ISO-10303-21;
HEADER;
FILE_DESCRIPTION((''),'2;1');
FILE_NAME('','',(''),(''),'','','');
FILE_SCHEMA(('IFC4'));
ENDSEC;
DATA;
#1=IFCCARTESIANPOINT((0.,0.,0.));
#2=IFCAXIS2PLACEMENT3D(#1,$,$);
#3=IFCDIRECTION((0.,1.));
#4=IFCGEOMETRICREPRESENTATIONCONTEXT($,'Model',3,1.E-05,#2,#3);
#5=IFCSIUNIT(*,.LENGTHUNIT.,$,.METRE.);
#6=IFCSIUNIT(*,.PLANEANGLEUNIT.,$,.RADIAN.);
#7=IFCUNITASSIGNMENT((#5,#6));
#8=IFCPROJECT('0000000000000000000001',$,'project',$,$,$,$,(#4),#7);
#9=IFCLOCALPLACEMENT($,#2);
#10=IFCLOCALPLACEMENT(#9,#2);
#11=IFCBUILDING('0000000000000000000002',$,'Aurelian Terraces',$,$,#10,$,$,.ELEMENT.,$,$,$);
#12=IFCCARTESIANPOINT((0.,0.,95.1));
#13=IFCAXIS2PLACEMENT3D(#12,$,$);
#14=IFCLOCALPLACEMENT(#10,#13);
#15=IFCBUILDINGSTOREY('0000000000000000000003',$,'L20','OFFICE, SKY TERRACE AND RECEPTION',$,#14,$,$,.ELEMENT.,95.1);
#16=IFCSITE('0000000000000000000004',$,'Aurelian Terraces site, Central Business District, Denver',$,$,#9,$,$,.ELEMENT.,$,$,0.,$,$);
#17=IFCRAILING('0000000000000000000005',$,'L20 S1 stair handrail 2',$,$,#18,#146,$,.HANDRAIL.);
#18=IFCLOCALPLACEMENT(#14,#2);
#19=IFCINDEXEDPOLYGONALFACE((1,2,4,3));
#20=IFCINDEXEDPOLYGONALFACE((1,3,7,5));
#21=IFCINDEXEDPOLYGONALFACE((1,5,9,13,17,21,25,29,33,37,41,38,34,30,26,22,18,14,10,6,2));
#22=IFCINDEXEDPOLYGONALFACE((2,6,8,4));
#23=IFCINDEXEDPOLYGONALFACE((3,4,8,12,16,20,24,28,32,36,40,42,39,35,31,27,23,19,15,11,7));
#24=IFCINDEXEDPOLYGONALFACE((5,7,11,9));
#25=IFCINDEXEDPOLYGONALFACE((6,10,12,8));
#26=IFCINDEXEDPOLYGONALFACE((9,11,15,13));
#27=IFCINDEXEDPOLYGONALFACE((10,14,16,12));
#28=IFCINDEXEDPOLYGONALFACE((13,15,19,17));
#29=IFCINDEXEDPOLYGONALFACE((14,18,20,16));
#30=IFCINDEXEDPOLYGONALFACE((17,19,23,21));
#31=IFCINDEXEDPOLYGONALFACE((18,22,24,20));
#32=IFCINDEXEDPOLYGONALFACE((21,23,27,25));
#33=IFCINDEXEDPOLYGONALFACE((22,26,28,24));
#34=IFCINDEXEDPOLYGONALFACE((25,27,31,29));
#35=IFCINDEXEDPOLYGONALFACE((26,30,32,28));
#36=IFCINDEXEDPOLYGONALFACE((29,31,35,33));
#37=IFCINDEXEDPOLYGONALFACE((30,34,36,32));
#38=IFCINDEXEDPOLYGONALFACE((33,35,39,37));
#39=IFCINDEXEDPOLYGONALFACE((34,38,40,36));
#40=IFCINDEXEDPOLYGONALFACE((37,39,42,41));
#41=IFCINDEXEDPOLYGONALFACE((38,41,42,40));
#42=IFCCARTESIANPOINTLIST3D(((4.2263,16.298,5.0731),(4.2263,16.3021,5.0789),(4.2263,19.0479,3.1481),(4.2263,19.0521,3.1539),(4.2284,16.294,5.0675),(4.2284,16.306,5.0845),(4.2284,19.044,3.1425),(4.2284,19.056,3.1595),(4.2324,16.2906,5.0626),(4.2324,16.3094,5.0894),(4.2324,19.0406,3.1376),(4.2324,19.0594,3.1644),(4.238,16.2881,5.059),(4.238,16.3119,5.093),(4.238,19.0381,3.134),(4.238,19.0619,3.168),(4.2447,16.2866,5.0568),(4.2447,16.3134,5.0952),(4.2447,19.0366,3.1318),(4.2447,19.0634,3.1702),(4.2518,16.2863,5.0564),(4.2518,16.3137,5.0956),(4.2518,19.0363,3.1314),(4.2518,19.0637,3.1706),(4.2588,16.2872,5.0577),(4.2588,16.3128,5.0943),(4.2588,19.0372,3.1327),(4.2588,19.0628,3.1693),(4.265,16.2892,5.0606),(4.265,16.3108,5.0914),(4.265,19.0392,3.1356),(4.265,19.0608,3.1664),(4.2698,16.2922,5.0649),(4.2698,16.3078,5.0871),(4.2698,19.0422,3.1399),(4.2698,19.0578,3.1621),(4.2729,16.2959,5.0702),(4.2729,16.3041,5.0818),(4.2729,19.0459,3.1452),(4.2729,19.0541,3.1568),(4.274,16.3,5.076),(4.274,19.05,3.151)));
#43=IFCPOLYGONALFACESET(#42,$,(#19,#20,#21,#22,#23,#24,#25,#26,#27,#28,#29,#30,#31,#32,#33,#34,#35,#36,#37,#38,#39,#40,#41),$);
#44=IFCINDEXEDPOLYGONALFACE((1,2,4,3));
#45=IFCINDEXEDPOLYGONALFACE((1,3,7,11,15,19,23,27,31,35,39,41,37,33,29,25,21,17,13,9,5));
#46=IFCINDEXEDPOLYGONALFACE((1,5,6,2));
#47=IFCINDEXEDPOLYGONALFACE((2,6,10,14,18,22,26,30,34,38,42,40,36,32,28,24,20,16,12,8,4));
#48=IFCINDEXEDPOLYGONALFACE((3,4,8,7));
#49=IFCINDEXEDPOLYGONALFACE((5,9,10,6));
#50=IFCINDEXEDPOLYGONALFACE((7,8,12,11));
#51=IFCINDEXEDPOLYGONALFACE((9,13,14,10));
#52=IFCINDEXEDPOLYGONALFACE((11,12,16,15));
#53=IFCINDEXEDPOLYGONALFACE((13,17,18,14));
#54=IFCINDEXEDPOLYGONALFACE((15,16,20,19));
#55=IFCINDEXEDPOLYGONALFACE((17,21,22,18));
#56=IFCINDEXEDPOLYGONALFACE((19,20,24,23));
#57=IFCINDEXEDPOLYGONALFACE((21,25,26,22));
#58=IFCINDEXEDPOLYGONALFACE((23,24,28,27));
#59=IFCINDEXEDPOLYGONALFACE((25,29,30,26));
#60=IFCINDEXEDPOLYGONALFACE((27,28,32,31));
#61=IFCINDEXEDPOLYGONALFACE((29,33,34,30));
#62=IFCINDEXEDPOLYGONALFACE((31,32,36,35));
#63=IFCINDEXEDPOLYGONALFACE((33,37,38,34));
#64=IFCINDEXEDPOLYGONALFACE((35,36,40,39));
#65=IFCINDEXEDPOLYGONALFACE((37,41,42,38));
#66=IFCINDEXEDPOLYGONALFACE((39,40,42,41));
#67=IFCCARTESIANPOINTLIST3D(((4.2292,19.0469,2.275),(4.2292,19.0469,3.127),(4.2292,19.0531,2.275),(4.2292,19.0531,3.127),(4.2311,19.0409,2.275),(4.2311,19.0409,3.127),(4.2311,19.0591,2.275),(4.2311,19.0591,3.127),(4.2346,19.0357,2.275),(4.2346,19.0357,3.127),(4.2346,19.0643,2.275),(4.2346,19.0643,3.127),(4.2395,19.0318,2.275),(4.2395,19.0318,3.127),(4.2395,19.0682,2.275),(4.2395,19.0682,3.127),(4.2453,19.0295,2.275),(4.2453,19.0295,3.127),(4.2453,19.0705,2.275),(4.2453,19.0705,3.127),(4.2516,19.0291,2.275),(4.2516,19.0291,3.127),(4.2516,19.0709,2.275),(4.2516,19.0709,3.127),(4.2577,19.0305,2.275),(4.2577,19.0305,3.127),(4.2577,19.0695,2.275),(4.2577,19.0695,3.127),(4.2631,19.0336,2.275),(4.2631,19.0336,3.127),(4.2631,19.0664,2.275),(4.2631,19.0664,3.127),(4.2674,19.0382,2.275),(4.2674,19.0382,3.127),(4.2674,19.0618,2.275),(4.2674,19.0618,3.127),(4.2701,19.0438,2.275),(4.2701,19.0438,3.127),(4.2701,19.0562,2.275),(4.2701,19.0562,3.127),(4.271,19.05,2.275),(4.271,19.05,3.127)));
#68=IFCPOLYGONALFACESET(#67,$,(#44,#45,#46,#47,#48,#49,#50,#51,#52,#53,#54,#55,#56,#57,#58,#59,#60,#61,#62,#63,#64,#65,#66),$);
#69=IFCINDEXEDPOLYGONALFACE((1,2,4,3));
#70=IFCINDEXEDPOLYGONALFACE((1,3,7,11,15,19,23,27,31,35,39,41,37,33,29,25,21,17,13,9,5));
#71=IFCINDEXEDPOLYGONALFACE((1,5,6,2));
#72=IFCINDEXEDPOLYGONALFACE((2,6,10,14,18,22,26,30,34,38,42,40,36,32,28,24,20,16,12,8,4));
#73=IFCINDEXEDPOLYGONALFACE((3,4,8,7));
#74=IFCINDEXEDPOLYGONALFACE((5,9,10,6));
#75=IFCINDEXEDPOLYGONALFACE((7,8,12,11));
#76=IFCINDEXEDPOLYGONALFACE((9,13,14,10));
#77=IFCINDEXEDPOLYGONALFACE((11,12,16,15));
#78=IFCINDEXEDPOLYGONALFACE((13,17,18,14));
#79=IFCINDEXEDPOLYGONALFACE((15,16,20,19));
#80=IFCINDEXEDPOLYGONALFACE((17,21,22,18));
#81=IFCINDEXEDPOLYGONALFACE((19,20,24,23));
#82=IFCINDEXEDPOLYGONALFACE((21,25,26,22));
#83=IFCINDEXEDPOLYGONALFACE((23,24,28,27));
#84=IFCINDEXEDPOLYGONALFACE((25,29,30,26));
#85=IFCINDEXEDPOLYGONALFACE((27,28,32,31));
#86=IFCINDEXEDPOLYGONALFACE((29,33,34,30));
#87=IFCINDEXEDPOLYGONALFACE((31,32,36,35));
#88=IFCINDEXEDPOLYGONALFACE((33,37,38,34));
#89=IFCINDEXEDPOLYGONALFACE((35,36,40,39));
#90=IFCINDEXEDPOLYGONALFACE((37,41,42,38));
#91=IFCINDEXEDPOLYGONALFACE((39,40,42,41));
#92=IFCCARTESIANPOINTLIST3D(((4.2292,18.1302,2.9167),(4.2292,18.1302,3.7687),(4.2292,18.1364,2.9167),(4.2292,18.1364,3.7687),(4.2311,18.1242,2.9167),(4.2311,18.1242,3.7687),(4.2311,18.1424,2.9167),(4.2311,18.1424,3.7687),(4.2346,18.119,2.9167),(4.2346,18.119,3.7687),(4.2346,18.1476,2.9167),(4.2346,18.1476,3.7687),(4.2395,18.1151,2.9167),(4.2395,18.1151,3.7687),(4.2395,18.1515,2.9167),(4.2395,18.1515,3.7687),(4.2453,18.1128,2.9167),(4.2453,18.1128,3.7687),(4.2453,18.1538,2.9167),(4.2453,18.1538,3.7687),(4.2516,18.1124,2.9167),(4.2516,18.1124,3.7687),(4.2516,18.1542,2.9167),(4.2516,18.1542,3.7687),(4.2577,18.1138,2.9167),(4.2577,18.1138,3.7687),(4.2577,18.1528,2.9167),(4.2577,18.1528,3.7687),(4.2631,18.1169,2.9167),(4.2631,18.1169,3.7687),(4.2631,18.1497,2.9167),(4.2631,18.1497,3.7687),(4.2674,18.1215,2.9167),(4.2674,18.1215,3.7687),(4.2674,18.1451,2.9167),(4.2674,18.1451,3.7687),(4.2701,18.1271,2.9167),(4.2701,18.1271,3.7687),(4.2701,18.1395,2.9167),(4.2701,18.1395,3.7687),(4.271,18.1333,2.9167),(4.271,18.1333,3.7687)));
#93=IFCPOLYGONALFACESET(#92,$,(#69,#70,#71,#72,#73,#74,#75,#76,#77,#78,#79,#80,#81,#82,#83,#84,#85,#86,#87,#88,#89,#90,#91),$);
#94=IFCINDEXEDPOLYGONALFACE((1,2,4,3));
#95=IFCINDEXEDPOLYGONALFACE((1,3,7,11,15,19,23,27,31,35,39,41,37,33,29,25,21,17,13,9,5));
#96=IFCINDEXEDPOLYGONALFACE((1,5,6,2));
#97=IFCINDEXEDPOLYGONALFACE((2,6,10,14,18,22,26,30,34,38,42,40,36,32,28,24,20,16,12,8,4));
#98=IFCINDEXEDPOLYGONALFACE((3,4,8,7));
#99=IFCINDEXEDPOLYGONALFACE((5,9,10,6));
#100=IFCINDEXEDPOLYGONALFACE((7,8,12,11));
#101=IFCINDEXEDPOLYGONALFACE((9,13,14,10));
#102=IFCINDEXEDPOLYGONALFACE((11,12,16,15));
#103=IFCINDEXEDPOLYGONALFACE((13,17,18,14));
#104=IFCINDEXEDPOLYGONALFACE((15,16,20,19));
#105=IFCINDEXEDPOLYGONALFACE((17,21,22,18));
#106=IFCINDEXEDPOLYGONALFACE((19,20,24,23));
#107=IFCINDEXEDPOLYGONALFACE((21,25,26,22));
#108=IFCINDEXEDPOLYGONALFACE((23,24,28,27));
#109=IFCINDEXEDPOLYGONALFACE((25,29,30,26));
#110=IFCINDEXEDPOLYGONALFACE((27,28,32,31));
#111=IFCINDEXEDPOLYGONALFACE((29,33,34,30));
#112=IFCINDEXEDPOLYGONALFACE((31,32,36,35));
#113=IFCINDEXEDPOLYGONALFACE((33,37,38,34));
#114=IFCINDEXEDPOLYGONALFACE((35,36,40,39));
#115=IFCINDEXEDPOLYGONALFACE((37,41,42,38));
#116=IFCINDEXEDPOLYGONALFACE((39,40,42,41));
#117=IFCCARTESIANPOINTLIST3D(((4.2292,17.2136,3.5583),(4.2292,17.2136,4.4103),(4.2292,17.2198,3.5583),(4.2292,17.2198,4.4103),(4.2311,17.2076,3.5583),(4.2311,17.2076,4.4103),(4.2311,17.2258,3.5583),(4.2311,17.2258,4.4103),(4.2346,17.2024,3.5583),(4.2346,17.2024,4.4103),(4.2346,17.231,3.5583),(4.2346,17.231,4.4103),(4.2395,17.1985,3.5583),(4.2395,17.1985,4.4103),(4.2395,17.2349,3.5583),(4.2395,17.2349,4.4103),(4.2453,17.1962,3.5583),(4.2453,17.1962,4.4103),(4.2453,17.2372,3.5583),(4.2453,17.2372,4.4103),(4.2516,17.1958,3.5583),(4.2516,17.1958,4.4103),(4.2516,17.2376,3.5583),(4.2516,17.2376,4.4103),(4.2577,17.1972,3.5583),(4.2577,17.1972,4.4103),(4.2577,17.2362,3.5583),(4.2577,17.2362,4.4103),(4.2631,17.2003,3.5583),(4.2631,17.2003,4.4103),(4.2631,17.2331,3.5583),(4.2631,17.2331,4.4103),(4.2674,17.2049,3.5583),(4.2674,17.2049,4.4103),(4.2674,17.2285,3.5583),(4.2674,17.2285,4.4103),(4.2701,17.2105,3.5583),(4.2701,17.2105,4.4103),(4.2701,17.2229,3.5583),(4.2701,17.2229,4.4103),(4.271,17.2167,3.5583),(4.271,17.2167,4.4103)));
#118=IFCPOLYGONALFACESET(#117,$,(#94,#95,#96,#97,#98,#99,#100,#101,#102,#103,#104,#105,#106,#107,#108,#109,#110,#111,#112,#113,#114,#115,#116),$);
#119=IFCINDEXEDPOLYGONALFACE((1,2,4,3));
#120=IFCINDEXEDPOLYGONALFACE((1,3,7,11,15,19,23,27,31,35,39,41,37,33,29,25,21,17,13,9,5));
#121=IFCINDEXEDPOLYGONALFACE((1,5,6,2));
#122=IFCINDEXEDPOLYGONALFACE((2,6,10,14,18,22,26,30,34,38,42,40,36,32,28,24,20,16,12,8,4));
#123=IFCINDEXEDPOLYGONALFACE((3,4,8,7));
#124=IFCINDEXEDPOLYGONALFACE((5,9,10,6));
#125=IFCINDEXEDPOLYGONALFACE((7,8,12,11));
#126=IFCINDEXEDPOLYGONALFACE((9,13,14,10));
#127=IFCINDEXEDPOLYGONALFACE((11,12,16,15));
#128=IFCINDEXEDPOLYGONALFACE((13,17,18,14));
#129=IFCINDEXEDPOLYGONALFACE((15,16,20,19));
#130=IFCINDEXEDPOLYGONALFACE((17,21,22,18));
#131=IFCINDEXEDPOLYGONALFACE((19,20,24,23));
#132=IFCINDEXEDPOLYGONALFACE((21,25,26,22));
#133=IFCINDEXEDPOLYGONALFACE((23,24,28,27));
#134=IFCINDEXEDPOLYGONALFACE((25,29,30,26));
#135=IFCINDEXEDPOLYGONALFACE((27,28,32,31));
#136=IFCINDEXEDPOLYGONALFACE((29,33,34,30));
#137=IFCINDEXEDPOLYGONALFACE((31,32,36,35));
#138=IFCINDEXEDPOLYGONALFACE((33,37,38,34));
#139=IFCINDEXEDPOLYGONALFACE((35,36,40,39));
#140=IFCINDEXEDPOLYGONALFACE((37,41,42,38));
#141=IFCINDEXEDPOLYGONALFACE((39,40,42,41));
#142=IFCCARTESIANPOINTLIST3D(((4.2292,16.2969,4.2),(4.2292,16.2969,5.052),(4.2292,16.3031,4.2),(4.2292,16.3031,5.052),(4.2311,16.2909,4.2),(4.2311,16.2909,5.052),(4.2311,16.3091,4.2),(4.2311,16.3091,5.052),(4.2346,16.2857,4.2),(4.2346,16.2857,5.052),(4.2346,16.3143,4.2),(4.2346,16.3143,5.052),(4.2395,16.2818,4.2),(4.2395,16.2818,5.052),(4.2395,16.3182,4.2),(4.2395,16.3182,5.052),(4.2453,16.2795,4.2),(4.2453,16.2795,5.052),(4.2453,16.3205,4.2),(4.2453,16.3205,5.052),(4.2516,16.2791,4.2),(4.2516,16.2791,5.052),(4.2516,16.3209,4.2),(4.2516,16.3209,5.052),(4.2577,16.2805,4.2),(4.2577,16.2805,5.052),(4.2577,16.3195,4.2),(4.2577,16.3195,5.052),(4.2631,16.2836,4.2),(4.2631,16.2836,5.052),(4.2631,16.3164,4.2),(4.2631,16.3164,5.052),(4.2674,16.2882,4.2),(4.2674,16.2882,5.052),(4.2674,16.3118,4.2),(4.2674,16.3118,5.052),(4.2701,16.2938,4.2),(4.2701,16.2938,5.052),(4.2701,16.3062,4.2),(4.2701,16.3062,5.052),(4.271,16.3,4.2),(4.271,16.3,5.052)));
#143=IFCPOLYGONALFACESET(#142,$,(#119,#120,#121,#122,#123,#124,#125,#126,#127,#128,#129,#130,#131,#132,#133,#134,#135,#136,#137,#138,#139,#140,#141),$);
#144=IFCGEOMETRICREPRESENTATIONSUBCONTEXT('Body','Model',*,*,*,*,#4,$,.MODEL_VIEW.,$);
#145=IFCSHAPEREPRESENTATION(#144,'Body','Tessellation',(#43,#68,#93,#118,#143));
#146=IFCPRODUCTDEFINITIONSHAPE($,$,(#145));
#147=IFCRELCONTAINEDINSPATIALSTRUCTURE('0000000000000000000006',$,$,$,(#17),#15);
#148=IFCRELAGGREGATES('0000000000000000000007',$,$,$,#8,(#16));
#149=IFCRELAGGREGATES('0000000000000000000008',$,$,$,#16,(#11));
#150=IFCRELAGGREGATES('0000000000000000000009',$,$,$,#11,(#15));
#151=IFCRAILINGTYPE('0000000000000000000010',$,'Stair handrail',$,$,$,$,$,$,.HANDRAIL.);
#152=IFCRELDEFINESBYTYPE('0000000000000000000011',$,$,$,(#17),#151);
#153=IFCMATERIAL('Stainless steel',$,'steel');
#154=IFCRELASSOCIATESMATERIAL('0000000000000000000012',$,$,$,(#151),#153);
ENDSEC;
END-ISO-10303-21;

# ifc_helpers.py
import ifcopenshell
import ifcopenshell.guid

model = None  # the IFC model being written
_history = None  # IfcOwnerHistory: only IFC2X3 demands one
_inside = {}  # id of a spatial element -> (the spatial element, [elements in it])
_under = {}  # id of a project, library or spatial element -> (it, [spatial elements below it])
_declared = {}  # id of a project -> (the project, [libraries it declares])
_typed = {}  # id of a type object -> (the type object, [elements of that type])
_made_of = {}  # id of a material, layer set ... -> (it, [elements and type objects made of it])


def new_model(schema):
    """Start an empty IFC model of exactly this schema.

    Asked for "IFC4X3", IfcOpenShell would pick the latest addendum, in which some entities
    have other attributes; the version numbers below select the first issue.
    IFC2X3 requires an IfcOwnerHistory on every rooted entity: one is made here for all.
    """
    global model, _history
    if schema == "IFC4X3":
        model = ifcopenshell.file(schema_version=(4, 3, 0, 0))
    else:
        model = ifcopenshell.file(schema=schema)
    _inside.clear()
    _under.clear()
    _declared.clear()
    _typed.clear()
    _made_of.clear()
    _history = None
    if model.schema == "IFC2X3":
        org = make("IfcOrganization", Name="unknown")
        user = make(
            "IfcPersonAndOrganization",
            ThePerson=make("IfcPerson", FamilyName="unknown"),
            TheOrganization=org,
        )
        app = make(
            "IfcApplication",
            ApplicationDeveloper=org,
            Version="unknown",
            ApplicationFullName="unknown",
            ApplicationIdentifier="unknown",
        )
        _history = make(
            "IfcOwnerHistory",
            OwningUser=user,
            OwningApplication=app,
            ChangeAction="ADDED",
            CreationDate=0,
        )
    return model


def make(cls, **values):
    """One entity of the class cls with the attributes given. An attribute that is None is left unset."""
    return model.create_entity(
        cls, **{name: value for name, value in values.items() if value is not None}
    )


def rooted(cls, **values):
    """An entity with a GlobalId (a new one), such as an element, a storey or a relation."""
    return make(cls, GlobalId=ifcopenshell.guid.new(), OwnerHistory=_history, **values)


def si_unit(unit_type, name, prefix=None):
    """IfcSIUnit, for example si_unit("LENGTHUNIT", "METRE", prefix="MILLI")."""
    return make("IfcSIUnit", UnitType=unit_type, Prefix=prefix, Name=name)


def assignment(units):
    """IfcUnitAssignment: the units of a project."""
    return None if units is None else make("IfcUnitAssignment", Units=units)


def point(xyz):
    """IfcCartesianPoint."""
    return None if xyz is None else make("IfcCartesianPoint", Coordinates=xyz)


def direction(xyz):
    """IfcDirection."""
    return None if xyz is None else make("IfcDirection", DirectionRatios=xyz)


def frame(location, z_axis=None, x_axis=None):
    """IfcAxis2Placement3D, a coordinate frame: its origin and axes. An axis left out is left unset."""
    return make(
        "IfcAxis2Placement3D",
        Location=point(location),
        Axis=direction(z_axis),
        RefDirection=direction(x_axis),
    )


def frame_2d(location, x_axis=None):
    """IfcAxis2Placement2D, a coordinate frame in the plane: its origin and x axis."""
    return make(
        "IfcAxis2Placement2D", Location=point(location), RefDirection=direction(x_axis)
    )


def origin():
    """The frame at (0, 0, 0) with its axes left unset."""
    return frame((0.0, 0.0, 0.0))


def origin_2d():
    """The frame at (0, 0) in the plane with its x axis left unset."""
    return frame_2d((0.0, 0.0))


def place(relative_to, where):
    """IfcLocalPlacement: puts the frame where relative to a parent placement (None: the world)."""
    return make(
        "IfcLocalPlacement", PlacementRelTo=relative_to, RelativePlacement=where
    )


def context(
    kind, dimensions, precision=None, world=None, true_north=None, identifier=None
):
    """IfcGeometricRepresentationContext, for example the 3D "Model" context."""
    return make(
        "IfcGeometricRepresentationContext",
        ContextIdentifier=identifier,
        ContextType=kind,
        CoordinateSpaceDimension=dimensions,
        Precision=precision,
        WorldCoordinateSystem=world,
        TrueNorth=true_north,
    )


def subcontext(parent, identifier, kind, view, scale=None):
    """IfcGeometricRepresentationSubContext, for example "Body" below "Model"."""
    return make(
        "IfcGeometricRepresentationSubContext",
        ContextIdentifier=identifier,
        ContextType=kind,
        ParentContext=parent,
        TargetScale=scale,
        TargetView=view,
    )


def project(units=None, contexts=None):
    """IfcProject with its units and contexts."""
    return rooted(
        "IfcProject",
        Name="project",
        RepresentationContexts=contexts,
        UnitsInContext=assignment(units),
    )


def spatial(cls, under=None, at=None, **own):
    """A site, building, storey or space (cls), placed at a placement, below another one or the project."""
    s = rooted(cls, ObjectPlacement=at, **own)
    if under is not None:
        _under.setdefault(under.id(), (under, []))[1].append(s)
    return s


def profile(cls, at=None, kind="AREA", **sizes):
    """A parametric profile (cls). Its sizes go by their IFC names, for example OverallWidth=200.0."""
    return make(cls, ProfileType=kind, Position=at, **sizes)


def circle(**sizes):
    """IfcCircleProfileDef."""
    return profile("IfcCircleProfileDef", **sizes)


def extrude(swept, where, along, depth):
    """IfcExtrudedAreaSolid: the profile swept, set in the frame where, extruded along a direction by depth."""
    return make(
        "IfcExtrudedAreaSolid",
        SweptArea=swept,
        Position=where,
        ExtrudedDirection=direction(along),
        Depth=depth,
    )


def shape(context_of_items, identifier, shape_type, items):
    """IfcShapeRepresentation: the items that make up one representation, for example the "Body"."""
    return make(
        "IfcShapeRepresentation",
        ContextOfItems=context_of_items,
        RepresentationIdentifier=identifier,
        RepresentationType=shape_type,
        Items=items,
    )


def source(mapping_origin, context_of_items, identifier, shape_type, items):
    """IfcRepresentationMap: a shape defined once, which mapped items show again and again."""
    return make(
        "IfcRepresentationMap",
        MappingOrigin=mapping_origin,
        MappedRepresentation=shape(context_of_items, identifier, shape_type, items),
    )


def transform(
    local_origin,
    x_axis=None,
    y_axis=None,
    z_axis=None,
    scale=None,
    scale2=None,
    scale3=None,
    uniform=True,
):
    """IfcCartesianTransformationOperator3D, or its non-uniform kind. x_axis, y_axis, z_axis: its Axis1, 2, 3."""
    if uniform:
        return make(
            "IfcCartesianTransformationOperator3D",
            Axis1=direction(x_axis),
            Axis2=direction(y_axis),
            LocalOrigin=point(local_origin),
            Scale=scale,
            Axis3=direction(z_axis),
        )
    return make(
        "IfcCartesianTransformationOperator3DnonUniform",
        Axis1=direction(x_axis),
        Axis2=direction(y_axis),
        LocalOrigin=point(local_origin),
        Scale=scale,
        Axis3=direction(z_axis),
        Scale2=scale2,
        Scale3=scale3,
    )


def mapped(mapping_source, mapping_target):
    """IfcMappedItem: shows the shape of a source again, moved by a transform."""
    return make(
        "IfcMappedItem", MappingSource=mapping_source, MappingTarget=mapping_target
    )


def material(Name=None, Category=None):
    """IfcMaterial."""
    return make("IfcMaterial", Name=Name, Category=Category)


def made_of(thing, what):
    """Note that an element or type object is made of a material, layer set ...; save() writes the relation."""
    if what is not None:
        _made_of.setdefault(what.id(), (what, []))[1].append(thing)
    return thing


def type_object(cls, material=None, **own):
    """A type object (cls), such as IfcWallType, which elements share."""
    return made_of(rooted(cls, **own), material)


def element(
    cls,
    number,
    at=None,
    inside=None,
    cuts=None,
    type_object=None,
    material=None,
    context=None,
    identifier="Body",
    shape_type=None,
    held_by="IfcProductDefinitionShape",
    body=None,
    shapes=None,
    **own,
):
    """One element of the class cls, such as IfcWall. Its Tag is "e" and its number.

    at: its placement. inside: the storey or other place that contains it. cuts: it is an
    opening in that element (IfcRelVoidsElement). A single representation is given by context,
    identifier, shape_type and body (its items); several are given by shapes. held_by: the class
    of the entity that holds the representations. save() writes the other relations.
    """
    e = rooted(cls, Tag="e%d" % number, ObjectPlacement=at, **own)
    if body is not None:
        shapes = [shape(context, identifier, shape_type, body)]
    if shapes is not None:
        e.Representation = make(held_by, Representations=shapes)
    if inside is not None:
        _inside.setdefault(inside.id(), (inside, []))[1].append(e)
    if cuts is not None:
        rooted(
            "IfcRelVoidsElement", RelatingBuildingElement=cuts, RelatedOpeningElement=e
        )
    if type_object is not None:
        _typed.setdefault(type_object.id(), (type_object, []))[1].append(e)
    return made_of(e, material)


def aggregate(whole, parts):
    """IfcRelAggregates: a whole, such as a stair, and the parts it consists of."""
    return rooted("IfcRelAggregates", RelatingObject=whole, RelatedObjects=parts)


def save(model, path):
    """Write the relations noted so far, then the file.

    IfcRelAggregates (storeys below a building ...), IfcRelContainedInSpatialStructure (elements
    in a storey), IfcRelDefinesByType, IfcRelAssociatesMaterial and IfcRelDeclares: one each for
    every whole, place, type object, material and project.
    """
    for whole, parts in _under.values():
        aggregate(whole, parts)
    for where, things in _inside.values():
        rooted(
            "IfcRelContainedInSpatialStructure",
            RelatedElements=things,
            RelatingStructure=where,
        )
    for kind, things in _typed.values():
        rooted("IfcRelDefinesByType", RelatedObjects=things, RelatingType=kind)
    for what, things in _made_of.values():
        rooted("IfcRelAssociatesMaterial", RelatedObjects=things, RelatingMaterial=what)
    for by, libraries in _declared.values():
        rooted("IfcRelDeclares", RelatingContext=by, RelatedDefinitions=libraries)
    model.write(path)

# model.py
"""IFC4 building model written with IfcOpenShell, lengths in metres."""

from ifc_helpers import new_model, si_unit, direction, frame, origin, origin_2d, place, context, subcontext, project, spatial, circle, extrude, source, transform, mapped, material, type_object, element, save


model = new_model("IFC4")

# Units and contexts
model_context = context("Model", 3, precision=1e-05, world=origin(), true_north=direction((0.0, 1.0)))
body_context = subcontext(model_context, "Body", "Model", "MODEL_VIEW")
ifc_project = project(units=[si_unit("LENGTHUNIT", "METRE"), si_unit("PLANEANGLEUNIT", "RADIAN")], contexts=[model_context])

# Site, building, storey
site_placement = place(None, origin())
site = spatial("IfcSite", under=ifc_project, at=site_placement, Name="Aurelian Terraces site, Central Business District, Denver", CompositionType="ELEMENT", RefElevation=0.0)
building_placement = place(site_placement, origin())
building = spatial("IfcBuilding", under=site, at=building_placement, Name="Aurelian Terraces", CompositionType="ELEMENT")
storey_placement = place(building_placement, frame((0.0, 0.0, 95.1)))
storey = spatial("IfcBuildingStorey", under=building, at=storey_placement, Name="L20", Description="OFFICE, SKY TERRACE AND RECEPTION", CompositionType="ELEMENT", Elevation=95.1)

# Railing
ifc_material_1 = material(Name="Stainless steel", Category="steel")
railing_type_1 = type_object("IfcRailingType", Name="Stair handrail", PredefinedType="HANDRAIL", material=ifc_material_1)
shared_shape_1 = source(origin(), body_context, "Body", "SweptSolid", [
    extrude(circle(Radius=0.024, at=origin_2d()), frame((0.0, 0.0, 0.876), z_axis=(0.0, -0.819232, 0.573462), x_axis=(1.0, 0.0, 0.0)), (0.0, 0.0, 1.0), 3.3568),
    extrude(circle(Radius=0.021, at=origin_2d()), origin(), (0.0, 0.0, 1.0), 0.852),
    extrude(circle(Radius=0.021, at=origin_2d()), frame((0.0, -0.9167, 0.6417)), (0.0, 0.0, 1.0), 0.852),
    extrude(circle(Radius=0.021, at=origin_2d()), frame((0.0, -1.8333, 1.2833)), (0.0, 0.0, 1.0), 0.852),
    extrude(circle(Radius=0.021, at=origin_2d()), frame((0.0, -2.75, 1.925)), (0.0, 0.0, 1.0), 0.852),
])
railing_1_placement = place(storey_placement, frame((4.25, 19.05, 2.275)))
element("IfcRailing", 1, at=railing_1_placement, inside=storey, type_object=railing_type_1, Name="L20 S1 stair handrail 2", PredefinedType="HANDRAIL", context=body_context, shape_type="MappedRepresentation", body=[
    mapped(shared_shape_1, transform((0.0, 0.0, 0.0), scale=1.0)),
])

save(model, "model.ifc")
